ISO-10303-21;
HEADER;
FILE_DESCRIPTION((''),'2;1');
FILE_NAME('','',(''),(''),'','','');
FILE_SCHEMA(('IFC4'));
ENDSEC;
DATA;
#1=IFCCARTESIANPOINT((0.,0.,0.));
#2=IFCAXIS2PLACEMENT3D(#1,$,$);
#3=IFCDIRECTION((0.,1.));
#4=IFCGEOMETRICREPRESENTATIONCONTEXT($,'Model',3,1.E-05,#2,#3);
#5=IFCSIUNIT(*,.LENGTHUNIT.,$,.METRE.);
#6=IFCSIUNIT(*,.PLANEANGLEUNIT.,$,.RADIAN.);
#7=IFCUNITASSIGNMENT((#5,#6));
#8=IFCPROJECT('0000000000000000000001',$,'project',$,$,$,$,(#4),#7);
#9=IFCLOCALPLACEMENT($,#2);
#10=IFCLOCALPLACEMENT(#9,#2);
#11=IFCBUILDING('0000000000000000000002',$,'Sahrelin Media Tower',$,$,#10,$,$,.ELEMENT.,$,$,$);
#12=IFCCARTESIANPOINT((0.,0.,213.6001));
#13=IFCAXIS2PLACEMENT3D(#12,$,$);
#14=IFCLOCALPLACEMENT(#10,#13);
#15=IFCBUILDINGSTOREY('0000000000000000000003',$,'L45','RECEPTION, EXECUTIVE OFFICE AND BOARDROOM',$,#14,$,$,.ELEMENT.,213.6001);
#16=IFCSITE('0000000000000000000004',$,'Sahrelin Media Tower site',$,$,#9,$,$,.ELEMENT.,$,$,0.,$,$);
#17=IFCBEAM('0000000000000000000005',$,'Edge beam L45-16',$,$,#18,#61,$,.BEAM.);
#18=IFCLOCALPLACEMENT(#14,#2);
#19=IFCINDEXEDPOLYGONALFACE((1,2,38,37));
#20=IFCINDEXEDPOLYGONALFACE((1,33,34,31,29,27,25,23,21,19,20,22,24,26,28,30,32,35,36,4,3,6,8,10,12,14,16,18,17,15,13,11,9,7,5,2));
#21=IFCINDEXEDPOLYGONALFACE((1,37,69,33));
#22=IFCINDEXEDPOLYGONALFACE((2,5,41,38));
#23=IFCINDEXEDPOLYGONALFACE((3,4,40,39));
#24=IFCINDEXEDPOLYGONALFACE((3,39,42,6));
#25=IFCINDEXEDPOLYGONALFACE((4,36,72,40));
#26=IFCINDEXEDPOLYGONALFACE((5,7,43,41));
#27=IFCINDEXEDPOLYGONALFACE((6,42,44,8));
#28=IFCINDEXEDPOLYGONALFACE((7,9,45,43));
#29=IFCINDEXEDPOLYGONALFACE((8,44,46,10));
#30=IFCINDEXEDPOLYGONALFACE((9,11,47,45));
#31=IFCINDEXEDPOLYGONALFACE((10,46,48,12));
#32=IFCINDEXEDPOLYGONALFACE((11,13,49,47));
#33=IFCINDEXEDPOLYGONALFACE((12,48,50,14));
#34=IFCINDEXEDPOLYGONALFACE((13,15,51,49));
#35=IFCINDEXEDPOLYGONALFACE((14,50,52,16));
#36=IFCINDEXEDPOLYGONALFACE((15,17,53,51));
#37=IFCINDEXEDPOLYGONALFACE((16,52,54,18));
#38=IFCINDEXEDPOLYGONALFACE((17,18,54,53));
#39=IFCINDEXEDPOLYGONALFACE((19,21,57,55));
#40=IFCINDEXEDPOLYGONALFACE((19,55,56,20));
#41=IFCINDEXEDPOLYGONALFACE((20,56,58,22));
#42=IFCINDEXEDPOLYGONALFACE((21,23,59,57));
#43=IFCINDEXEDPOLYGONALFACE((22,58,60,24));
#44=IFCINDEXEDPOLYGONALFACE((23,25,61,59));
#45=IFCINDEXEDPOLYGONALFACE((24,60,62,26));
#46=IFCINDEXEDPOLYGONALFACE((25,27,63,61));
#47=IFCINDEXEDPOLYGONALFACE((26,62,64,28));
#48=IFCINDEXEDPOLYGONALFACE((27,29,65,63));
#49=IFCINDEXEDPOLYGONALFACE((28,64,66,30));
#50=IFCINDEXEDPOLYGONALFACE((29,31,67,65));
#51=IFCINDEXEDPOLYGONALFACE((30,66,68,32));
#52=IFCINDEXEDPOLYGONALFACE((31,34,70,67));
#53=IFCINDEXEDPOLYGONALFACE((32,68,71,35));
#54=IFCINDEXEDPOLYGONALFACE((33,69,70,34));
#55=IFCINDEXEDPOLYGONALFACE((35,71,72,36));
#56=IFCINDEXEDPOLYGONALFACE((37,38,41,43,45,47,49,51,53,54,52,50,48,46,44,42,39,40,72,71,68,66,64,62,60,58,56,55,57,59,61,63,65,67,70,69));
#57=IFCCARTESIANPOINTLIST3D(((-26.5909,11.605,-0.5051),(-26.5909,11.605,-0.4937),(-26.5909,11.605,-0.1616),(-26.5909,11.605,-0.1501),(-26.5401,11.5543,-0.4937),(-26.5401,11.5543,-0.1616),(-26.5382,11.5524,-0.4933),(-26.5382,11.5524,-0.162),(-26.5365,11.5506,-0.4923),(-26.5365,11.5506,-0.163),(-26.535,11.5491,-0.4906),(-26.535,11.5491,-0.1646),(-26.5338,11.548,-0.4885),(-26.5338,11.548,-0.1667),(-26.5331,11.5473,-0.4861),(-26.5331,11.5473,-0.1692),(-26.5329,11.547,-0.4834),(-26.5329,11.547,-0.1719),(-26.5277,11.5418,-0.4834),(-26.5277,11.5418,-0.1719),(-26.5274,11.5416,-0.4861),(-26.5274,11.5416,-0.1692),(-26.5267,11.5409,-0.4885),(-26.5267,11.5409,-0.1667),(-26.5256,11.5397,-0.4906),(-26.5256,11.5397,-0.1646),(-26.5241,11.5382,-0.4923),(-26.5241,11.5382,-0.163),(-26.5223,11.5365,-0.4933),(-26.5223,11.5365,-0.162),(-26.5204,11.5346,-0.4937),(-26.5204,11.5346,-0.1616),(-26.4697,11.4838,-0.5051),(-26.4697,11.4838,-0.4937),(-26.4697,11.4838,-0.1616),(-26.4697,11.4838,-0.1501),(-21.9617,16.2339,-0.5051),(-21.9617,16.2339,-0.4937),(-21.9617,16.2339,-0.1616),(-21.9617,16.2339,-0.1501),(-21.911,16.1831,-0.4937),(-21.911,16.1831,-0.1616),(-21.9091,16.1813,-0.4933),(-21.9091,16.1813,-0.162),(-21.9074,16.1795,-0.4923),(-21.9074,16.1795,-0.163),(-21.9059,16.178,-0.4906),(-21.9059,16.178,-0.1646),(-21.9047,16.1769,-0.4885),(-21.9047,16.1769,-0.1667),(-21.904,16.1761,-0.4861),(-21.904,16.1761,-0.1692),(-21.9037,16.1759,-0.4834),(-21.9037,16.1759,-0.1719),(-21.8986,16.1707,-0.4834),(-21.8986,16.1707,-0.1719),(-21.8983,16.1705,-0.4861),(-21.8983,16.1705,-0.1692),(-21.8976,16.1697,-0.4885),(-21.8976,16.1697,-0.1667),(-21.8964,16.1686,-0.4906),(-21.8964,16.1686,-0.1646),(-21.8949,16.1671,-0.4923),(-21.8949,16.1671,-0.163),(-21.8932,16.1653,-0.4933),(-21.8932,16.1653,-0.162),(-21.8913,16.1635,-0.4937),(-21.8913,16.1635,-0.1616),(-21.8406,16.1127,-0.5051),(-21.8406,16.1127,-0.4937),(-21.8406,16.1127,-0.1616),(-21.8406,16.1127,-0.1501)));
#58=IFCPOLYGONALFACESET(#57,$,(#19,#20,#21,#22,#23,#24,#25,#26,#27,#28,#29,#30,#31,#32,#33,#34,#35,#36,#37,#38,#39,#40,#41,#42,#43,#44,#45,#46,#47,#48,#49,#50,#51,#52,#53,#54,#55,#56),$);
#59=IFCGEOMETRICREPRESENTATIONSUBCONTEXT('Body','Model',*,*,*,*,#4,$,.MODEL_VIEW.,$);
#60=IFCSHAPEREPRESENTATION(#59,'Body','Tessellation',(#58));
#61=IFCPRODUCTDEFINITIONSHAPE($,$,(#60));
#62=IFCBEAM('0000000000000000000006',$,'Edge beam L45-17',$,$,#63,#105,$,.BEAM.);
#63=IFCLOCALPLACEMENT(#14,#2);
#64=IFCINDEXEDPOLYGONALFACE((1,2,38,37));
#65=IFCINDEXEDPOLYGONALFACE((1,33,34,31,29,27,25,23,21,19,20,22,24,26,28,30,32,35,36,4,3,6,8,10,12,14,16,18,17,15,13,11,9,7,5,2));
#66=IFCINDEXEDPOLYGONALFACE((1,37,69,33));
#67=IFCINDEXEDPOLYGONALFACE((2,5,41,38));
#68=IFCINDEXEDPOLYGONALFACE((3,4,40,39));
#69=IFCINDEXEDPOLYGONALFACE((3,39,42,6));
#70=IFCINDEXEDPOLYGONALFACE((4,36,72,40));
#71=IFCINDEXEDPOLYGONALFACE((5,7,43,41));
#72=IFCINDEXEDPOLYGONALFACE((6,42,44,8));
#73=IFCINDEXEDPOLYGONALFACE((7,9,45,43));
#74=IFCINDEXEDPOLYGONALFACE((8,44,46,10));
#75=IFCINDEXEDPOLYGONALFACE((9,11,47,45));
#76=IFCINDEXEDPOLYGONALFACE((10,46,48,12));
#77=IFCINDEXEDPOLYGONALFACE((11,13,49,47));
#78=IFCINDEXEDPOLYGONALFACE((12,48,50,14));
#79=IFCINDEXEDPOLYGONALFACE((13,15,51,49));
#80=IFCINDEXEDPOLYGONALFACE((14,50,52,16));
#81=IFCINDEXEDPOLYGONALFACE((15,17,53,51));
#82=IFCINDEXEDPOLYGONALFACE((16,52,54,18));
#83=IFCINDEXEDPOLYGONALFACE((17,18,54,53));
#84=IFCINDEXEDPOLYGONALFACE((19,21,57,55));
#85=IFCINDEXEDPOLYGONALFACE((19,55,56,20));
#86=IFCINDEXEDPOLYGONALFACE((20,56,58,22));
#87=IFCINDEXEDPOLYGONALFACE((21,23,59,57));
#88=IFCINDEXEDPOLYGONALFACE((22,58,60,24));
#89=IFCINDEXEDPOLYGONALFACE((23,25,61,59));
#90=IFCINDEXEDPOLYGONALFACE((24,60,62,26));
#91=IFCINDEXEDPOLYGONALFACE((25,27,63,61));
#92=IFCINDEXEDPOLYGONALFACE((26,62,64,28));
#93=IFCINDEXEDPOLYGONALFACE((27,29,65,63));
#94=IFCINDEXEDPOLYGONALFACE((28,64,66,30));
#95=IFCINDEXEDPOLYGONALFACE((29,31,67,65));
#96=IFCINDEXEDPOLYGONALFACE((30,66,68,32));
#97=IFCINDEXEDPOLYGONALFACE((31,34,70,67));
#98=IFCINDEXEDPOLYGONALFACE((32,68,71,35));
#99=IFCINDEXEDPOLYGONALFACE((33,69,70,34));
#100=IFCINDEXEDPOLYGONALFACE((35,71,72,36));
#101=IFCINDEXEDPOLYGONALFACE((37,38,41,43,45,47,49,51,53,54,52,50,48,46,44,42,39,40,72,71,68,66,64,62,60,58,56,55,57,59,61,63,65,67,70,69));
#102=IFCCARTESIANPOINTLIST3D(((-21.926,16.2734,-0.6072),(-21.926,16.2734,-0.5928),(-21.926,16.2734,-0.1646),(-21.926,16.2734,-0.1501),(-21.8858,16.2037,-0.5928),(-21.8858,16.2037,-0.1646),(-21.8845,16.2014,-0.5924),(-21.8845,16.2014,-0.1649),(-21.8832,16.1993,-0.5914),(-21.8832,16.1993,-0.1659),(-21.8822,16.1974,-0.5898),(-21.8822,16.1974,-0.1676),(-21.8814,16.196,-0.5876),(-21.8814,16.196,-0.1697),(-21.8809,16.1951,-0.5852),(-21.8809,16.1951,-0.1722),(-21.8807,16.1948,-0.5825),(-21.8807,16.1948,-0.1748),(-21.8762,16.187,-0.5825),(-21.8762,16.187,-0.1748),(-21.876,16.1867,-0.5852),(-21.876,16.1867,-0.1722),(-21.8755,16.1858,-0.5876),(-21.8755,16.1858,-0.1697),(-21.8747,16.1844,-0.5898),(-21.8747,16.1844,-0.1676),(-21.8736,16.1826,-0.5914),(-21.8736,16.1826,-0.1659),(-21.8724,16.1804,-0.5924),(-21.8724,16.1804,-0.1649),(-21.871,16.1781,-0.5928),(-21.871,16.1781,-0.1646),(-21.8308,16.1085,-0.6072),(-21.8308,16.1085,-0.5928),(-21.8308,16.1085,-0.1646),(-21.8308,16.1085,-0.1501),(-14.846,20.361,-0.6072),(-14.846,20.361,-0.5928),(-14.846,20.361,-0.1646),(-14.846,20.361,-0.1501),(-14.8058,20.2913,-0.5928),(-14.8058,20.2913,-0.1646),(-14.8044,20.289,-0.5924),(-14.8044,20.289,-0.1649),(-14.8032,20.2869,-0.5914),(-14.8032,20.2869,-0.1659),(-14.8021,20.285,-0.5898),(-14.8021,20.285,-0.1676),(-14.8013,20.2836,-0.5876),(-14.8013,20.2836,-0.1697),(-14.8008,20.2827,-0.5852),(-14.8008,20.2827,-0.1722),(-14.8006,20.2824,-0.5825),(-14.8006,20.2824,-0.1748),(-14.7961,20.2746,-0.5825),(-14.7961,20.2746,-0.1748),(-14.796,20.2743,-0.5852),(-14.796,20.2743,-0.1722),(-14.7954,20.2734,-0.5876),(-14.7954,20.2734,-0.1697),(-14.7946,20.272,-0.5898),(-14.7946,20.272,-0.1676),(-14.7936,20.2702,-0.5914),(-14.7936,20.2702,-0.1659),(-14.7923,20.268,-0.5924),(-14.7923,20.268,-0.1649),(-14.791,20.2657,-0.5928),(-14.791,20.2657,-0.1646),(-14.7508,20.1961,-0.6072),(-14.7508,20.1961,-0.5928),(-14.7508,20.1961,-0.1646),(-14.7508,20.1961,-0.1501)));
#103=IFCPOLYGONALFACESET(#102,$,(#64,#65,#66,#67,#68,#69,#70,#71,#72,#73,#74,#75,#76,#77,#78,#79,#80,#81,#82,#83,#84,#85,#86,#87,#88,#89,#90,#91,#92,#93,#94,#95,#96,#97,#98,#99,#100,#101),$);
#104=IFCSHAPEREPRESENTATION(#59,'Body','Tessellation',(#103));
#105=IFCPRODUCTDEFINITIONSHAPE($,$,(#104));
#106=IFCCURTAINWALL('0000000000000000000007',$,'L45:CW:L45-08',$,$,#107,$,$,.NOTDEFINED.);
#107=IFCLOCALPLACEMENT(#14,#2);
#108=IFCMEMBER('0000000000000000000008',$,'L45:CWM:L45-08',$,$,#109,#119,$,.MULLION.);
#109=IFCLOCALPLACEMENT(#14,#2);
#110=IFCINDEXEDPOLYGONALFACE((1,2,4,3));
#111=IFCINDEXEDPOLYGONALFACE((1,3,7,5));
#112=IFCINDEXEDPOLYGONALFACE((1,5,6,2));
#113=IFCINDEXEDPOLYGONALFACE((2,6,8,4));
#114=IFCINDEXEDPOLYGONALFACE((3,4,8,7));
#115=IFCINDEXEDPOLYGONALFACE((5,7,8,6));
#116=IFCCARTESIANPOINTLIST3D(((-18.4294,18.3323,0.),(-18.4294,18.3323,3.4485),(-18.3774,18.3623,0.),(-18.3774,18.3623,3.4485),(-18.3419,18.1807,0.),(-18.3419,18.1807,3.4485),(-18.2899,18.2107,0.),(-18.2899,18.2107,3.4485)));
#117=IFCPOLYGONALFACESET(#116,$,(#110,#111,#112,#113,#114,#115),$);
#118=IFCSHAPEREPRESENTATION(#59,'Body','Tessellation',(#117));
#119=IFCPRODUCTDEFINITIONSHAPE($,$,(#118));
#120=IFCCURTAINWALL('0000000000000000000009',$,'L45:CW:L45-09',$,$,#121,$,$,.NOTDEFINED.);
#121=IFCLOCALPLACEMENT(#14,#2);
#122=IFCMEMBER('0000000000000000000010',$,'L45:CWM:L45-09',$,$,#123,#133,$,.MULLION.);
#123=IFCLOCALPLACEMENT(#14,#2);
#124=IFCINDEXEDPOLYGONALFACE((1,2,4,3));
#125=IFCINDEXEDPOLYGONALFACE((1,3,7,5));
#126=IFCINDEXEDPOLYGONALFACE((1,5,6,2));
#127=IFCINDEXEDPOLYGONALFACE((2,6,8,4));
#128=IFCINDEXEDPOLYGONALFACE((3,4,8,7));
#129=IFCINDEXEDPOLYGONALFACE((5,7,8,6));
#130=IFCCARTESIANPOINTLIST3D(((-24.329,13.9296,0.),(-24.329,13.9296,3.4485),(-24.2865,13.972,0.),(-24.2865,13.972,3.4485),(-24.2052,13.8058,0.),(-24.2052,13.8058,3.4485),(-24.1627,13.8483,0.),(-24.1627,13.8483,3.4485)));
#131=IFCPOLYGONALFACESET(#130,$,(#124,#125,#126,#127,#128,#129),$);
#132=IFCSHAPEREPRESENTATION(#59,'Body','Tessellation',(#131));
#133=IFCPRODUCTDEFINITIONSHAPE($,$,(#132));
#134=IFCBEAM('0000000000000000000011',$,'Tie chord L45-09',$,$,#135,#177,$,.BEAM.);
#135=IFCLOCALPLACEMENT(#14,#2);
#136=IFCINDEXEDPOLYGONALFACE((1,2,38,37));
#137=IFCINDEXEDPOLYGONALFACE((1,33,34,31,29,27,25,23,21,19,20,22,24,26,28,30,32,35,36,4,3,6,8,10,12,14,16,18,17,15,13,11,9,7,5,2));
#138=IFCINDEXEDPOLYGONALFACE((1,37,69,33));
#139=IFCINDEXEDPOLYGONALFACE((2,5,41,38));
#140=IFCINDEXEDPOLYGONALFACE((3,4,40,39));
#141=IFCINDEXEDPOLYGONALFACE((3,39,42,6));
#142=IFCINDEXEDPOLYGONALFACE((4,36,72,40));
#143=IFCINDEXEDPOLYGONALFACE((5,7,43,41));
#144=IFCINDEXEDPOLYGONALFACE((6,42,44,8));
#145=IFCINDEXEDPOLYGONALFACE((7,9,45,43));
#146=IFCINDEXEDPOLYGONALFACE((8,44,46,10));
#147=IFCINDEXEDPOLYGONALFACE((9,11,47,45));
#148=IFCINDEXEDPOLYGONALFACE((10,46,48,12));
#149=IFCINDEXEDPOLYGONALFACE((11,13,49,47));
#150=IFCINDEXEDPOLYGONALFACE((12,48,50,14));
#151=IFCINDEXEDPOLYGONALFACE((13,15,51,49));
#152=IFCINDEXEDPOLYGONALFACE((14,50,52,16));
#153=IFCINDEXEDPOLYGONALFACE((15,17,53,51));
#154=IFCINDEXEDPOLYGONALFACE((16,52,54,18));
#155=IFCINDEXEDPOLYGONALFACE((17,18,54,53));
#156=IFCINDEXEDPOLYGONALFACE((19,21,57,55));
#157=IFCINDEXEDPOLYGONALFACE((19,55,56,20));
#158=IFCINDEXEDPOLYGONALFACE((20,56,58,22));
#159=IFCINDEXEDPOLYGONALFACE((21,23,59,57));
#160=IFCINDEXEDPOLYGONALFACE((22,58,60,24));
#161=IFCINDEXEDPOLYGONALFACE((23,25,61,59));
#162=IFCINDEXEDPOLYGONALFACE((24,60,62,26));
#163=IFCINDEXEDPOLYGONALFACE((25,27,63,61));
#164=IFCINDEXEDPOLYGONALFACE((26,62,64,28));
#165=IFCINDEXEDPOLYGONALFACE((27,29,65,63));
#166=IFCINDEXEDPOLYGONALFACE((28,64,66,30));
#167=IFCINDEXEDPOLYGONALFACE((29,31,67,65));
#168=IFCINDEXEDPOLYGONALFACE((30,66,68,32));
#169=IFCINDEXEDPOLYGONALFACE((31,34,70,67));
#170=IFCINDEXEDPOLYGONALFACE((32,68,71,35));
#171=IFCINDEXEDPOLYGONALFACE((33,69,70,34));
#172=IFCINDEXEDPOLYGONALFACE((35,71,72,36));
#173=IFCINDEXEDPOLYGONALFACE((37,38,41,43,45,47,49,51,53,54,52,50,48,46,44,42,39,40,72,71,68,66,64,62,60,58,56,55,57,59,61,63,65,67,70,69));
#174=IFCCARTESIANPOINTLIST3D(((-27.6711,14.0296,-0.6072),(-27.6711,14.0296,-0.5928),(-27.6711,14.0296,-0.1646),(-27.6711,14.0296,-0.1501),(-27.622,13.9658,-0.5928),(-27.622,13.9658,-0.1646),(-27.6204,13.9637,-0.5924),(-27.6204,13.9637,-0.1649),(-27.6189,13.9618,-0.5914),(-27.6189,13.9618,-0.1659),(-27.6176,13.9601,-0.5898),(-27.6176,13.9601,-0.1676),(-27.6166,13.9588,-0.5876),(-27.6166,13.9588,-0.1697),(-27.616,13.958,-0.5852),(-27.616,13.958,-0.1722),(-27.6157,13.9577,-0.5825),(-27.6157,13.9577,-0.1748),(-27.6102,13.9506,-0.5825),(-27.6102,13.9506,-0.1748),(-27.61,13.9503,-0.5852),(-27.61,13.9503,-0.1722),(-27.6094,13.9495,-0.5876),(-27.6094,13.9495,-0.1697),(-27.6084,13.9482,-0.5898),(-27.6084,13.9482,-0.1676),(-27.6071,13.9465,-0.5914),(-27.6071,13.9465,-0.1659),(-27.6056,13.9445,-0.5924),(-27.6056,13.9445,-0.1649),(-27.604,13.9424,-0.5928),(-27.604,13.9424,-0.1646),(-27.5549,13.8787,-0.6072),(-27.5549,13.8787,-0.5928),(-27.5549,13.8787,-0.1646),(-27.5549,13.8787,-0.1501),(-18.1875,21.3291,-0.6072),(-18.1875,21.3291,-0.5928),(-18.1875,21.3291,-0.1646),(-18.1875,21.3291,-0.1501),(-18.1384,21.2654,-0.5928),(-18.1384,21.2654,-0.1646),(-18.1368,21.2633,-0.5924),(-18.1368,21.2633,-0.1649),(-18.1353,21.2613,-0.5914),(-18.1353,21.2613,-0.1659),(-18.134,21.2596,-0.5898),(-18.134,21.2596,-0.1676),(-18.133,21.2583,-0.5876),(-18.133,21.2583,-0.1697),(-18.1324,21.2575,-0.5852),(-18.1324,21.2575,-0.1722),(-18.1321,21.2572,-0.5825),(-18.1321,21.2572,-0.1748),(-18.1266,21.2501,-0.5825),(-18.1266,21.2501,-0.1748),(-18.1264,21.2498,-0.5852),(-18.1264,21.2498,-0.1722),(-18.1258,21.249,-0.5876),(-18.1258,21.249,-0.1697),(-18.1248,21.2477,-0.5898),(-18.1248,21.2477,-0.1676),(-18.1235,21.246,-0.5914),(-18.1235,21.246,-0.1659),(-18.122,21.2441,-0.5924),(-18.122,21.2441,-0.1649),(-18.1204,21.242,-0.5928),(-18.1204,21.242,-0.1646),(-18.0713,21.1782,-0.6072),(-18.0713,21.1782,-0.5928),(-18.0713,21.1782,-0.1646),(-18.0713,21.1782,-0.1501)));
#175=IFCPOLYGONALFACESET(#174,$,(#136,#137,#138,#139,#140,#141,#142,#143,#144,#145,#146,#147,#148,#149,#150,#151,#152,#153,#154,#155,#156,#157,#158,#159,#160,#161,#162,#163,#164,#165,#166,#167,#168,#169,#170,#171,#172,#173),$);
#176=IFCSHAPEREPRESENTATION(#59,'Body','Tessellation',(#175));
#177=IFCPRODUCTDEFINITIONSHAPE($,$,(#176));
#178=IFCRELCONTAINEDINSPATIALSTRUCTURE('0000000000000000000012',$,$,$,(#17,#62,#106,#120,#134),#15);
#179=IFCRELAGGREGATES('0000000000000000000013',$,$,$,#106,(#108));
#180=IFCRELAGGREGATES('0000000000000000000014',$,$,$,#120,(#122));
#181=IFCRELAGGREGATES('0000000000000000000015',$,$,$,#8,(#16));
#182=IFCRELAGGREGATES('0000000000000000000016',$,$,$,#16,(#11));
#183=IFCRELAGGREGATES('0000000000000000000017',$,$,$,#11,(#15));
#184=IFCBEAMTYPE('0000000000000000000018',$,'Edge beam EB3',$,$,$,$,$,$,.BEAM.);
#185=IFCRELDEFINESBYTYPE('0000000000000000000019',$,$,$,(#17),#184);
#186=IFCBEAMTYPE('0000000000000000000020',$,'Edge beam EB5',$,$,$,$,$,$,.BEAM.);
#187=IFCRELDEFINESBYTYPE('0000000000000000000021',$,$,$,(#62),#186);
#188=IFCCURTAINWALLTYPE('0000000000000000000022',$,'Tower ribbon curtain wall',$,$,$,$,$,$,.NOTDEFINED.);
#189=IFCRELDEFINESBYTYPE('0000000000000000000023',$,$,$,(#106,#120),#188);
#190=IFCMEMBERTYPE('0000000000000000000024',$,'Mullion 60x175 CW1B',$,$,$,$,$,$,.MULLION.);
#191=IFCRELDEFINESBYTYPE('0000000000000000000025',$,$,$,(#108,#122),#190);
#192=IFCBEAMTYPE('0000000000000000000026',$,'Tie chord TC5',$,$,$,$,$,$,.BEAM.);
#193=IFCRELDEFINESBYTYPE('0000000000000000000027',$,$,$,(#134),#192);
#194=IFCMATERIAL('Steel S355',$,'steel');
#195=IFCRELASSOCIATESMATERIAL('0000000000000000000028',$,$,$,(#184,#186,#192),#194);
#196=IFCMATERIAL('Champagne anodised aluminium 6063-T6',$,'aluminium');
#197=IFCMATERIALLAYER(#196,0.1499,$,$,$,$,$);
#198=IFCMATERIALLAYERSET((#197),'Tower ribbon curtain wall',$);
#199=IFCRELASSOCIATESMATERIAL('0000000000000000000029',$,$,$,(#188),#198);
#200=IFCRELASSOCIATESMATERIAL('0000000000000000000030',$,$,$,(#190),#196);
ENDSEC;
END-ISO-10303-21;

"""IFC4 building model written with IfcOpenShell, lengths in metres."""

from ifc_helpers import new_model, si_unit, direction, frame, origin, origin_2d, place, context, subcontext, project, spatial, rectangle, i_section, extrude, material, layer, layer_set, material_profile, profile_set, type_object, element, aggregate, save


model = new_model("IFC4")

# Units and contexts
model_context = context("Model", 3, precision=1e-05, world=origin(), true_north=direction((0.0, 1.0)))
body_context = subcontext(model_context, "Body", "Model", "MODEL_VIEW")
ifc_project = project(units=[si_unit("LENGTHUNIT", "METRE"), si_unit("PLANEANGLEUNIT", "RADIAN")], contexts=[model_context])

# Site, building, storey
site_placement = place(None, origin())
site = spatial("IfcSite", under=ifc_project, at=site_placement, Name="Sahrelin Media Tower site", CompositionType="ELEMENT", RefElevation=0.0)
building_placement = place(site_placement, origin())
building = spatial("IfcBuilding", under=site, at=building_placement, Name="Sahrelin Media Tower", CompositionType="ELEMENT")
storey_placement = place(building_placement, frame((0.0, 0.0, 213.6001)))
storey = spatial("IfcBuildingStorey", under=building, at=storey_placement, Name="L45", Description="RECEPTION, EXECUTIVE OFFICE AND BOARDROOM", CompositionType="ELEMENT", Elevation=213.6001)

# Beams
ifc_material_1 = material(Name="Steel S355", Category="steel")
ifc_material_profile_1 = material_profile(ifc_material_1, i_section(OverallWidth=0.1714, OverallDepth=0.355, WebThickness=0.0073, FlangeThickness=0.0115, FilletRadius=0.0103, at=origin_2d()), Name="UB 356x171x51")
ifc_profile_set_1 = profile_set([ifc_material_profile_1], Name="Steel S355")
beam_type_1 = type_object("IfcBeamType", Name="Edge beam EB3", PredefinedType="BEAM", material=ifc_profile_set_1)
beam_1_placement = place(storey_placement, frame((-26.5303, 11.5444, -0.3276), z_axis=(0.707125, 0.707088, 0.0), x_axis=(-0.707088, 0.707125, 0.0)))
element("IfcBeam", 1, at=beam_1_placement, inside=storey, type_object=beam_type_1, Name="Edge beam L45-16", PredefinedType="BEAM", context=body_context, shape_type="SweptSolid", body=[
    extrude(i_section(OverallWidth=0.1714, OverallDepth=0.355, WebThickness=0.0073, FlangeThickness=0.0115, FilletRadius=0.0103, at=origin_2d()), origin(), (0.0, 0.0, 1.0), 6.5464),
])
ifc_material_profile_2 = material_profile(ifc_material_1, i_section(OverallWidth=0.1904, OverallDepth=0.457, WebThickness=0.009, FlangeThickness=0.0144, FilletRadius=0.0103, at=origin_2d()), Name="UB 457x191x74")
ifc_profile_set_2 = profile_set([ifc_material_profile_2], Name="Steel S355")
beam_type_2 = type_object("IfcBeamType", Name="Edge beam EB5", PredefinedType="BEAM", material=ifc_profile_set_2)
beam_2_placement = place(storey_placement, frame((-21.8784, 16.1909, -0.3787), z_axis=(0.866027, 0.499996, 0.0), x_axis=(-0.499996, 0.866027, 0.0)))
element("IfcBeam", 2, at=beam_2_placement, inside=storey, type_object=beam_type_2, Name="Edge beam L45-17", PredefinedType="BEAM", context=body_context, shape_type="SweptSolid", body=[
    extrude(i_section(OverallWidth=0.1904, OverallDepth=0.457, WebThickness=0.009, FlangeThickness=0.0144, FilletRadius=0.0103, at=origin_2d()), origin(), (0.0, 0.0, 1.0), 8.1753),
])

# Curtain walls, members
ifc_material_2 = material(Name="Champagne anodised aluminium 6063-T6", Category="aluminium")
ifc_layer_1 = layer(ifc_material_2, 0.1499)
ifc_layer_set_1 = layer_set([ifc_layer_1], Name="Tower ribbon curtain wall")
curtain_wall_type = type_object("IfcCurtainWallType", Name="Tower ribbon curtain wall", PredefinedType="NOTDEFINED", material=ifc_layer_set_1)
curtain_wall_1_placement = place(storey_placement, frame((-18.4133, 18.3647, 0.0), z_axis=(0.0, 0.0, 1.0), x_axis=(1.0, 0.0, 0.0)))
curtain_wall_1 = element("IfcCurtainWall", 3, at=curtain_wall_1_placement, inside=storey, type_object=curtain_wall_type, Name="L45:CW:L45-08", PredefinedType="NOTDEFINED")
ifc_material_profile_3 = material_profile(ifc_material_2, rectangle(XDim=0.0601, YDim=0.175, at=origin_2d()), Name="Mullion 60x175")
ifc_profile_set_3 = profile_set([ifc_material_profile_3], Name="Champagne anodised aluminium 6063-T6")
member_type_1 = type_object("IfcMemberType", Name="Mullion 60x175 CW1B", PredefinedType="MULLION", material=ifc_profile_set_3)
member_1_placement = place(storey_placement, frame((-18.3596, 18.2715, 0.0), z_axis=(0.0, 0.0, 1.0), x_axis=(-0.866025, -0.500002, 0.0)))
member_1 = element("IfcMember", 4, at=member_1_placement, type_object=member_type_1, Name="L45:CWM:L45-08", PredefinedType="MULLION", context=body_context, shape_type="SweptSolid", body=[
    extrude(rectangle(XDim=0.0601, YDim=0.175, at=origin_2d()), origin(), (0.0, 0.0, 1.0), 3.4485),
])
curtain_wall_2_placement = place(storey_placement, frame((-24.3218, 13.9651, 0.0), z_axis=(0.0, 0.0, 1.0), x_axis=(1.0, 0.0, 0.0)))
curtain_wall_2 = element("IfcCurtainWall", 5, at=curtain_wall_2_placement, inside=storey, type_object=curtain_wall_type, Name="L45:CW:L45-09", PredefinedType="NOTDEFINED")
member_2_placement = place(storey_placement, frame((-24.2458, 13.8889, 0.0), z_axis=(0.0, 0.0, 1.0), x_axis=(-0.707114, -0.707099, 0.0)))
member_2 = element("IfcMember", 6, at=member_2_placement, type_object=member_type_1, Name="L45:CWM:L45-09", PredefinedType="MULLION", context=body_context, shape_type="SweptSolid", body=[
    extrude(rectangle(XDim=0.0601, YDim=0.175, at=origin_2d()), origin(), (0.0, 0.0, 1.0), 3.4485),
])

# Beam
ifc_material_profile_4 = material_profile(ifc_material_1, i_section(OverallWidth=0.1904, OverallDepth=0.457, WebThickness=0.009, FlangeThickness=0.0144, FilletRadius=0.0103, at=origin_2d()), Name="UB 457x191x74")
ifc_profile_set_4 = profile_set([ifc_material_profile_4], Name="Steel S355")
beam_type_3 = type_object("IfcBeamType", Name="Tie chord TC5", PredefinedType="BEAM", material=ifc_profile_set_4)
beam_3_placement = place(storey_placement, frame((-18.1294, 21.2537, -0.3787), z_axis=(-0.792444, -0.609944, 0.0), x_axis=(0.609944, -0.792444, 0.0)))
element("IfcBeam", 7, at=beam_3_placement, inside=storey, type_object=beam_type_3, Name="Tie chord L45-09", PredefinedType="BEAM", context=body_context, shape_type="SweptSolid", body=[
    extrude(i_section(OverallWidth=0.1904, OverallDepth=0.457, WebThickness=0.009, FlangeThickness=0.0144, FilletRadius=0.0103, at=origin_2d()), origin(), (0.0, 0.0, 1.0), 11.9675),
])

aggregate(curtain_wall_1, [member_1])
aggregate(curtain_wall_2, [member_2])

save(model, "model.ifc")
